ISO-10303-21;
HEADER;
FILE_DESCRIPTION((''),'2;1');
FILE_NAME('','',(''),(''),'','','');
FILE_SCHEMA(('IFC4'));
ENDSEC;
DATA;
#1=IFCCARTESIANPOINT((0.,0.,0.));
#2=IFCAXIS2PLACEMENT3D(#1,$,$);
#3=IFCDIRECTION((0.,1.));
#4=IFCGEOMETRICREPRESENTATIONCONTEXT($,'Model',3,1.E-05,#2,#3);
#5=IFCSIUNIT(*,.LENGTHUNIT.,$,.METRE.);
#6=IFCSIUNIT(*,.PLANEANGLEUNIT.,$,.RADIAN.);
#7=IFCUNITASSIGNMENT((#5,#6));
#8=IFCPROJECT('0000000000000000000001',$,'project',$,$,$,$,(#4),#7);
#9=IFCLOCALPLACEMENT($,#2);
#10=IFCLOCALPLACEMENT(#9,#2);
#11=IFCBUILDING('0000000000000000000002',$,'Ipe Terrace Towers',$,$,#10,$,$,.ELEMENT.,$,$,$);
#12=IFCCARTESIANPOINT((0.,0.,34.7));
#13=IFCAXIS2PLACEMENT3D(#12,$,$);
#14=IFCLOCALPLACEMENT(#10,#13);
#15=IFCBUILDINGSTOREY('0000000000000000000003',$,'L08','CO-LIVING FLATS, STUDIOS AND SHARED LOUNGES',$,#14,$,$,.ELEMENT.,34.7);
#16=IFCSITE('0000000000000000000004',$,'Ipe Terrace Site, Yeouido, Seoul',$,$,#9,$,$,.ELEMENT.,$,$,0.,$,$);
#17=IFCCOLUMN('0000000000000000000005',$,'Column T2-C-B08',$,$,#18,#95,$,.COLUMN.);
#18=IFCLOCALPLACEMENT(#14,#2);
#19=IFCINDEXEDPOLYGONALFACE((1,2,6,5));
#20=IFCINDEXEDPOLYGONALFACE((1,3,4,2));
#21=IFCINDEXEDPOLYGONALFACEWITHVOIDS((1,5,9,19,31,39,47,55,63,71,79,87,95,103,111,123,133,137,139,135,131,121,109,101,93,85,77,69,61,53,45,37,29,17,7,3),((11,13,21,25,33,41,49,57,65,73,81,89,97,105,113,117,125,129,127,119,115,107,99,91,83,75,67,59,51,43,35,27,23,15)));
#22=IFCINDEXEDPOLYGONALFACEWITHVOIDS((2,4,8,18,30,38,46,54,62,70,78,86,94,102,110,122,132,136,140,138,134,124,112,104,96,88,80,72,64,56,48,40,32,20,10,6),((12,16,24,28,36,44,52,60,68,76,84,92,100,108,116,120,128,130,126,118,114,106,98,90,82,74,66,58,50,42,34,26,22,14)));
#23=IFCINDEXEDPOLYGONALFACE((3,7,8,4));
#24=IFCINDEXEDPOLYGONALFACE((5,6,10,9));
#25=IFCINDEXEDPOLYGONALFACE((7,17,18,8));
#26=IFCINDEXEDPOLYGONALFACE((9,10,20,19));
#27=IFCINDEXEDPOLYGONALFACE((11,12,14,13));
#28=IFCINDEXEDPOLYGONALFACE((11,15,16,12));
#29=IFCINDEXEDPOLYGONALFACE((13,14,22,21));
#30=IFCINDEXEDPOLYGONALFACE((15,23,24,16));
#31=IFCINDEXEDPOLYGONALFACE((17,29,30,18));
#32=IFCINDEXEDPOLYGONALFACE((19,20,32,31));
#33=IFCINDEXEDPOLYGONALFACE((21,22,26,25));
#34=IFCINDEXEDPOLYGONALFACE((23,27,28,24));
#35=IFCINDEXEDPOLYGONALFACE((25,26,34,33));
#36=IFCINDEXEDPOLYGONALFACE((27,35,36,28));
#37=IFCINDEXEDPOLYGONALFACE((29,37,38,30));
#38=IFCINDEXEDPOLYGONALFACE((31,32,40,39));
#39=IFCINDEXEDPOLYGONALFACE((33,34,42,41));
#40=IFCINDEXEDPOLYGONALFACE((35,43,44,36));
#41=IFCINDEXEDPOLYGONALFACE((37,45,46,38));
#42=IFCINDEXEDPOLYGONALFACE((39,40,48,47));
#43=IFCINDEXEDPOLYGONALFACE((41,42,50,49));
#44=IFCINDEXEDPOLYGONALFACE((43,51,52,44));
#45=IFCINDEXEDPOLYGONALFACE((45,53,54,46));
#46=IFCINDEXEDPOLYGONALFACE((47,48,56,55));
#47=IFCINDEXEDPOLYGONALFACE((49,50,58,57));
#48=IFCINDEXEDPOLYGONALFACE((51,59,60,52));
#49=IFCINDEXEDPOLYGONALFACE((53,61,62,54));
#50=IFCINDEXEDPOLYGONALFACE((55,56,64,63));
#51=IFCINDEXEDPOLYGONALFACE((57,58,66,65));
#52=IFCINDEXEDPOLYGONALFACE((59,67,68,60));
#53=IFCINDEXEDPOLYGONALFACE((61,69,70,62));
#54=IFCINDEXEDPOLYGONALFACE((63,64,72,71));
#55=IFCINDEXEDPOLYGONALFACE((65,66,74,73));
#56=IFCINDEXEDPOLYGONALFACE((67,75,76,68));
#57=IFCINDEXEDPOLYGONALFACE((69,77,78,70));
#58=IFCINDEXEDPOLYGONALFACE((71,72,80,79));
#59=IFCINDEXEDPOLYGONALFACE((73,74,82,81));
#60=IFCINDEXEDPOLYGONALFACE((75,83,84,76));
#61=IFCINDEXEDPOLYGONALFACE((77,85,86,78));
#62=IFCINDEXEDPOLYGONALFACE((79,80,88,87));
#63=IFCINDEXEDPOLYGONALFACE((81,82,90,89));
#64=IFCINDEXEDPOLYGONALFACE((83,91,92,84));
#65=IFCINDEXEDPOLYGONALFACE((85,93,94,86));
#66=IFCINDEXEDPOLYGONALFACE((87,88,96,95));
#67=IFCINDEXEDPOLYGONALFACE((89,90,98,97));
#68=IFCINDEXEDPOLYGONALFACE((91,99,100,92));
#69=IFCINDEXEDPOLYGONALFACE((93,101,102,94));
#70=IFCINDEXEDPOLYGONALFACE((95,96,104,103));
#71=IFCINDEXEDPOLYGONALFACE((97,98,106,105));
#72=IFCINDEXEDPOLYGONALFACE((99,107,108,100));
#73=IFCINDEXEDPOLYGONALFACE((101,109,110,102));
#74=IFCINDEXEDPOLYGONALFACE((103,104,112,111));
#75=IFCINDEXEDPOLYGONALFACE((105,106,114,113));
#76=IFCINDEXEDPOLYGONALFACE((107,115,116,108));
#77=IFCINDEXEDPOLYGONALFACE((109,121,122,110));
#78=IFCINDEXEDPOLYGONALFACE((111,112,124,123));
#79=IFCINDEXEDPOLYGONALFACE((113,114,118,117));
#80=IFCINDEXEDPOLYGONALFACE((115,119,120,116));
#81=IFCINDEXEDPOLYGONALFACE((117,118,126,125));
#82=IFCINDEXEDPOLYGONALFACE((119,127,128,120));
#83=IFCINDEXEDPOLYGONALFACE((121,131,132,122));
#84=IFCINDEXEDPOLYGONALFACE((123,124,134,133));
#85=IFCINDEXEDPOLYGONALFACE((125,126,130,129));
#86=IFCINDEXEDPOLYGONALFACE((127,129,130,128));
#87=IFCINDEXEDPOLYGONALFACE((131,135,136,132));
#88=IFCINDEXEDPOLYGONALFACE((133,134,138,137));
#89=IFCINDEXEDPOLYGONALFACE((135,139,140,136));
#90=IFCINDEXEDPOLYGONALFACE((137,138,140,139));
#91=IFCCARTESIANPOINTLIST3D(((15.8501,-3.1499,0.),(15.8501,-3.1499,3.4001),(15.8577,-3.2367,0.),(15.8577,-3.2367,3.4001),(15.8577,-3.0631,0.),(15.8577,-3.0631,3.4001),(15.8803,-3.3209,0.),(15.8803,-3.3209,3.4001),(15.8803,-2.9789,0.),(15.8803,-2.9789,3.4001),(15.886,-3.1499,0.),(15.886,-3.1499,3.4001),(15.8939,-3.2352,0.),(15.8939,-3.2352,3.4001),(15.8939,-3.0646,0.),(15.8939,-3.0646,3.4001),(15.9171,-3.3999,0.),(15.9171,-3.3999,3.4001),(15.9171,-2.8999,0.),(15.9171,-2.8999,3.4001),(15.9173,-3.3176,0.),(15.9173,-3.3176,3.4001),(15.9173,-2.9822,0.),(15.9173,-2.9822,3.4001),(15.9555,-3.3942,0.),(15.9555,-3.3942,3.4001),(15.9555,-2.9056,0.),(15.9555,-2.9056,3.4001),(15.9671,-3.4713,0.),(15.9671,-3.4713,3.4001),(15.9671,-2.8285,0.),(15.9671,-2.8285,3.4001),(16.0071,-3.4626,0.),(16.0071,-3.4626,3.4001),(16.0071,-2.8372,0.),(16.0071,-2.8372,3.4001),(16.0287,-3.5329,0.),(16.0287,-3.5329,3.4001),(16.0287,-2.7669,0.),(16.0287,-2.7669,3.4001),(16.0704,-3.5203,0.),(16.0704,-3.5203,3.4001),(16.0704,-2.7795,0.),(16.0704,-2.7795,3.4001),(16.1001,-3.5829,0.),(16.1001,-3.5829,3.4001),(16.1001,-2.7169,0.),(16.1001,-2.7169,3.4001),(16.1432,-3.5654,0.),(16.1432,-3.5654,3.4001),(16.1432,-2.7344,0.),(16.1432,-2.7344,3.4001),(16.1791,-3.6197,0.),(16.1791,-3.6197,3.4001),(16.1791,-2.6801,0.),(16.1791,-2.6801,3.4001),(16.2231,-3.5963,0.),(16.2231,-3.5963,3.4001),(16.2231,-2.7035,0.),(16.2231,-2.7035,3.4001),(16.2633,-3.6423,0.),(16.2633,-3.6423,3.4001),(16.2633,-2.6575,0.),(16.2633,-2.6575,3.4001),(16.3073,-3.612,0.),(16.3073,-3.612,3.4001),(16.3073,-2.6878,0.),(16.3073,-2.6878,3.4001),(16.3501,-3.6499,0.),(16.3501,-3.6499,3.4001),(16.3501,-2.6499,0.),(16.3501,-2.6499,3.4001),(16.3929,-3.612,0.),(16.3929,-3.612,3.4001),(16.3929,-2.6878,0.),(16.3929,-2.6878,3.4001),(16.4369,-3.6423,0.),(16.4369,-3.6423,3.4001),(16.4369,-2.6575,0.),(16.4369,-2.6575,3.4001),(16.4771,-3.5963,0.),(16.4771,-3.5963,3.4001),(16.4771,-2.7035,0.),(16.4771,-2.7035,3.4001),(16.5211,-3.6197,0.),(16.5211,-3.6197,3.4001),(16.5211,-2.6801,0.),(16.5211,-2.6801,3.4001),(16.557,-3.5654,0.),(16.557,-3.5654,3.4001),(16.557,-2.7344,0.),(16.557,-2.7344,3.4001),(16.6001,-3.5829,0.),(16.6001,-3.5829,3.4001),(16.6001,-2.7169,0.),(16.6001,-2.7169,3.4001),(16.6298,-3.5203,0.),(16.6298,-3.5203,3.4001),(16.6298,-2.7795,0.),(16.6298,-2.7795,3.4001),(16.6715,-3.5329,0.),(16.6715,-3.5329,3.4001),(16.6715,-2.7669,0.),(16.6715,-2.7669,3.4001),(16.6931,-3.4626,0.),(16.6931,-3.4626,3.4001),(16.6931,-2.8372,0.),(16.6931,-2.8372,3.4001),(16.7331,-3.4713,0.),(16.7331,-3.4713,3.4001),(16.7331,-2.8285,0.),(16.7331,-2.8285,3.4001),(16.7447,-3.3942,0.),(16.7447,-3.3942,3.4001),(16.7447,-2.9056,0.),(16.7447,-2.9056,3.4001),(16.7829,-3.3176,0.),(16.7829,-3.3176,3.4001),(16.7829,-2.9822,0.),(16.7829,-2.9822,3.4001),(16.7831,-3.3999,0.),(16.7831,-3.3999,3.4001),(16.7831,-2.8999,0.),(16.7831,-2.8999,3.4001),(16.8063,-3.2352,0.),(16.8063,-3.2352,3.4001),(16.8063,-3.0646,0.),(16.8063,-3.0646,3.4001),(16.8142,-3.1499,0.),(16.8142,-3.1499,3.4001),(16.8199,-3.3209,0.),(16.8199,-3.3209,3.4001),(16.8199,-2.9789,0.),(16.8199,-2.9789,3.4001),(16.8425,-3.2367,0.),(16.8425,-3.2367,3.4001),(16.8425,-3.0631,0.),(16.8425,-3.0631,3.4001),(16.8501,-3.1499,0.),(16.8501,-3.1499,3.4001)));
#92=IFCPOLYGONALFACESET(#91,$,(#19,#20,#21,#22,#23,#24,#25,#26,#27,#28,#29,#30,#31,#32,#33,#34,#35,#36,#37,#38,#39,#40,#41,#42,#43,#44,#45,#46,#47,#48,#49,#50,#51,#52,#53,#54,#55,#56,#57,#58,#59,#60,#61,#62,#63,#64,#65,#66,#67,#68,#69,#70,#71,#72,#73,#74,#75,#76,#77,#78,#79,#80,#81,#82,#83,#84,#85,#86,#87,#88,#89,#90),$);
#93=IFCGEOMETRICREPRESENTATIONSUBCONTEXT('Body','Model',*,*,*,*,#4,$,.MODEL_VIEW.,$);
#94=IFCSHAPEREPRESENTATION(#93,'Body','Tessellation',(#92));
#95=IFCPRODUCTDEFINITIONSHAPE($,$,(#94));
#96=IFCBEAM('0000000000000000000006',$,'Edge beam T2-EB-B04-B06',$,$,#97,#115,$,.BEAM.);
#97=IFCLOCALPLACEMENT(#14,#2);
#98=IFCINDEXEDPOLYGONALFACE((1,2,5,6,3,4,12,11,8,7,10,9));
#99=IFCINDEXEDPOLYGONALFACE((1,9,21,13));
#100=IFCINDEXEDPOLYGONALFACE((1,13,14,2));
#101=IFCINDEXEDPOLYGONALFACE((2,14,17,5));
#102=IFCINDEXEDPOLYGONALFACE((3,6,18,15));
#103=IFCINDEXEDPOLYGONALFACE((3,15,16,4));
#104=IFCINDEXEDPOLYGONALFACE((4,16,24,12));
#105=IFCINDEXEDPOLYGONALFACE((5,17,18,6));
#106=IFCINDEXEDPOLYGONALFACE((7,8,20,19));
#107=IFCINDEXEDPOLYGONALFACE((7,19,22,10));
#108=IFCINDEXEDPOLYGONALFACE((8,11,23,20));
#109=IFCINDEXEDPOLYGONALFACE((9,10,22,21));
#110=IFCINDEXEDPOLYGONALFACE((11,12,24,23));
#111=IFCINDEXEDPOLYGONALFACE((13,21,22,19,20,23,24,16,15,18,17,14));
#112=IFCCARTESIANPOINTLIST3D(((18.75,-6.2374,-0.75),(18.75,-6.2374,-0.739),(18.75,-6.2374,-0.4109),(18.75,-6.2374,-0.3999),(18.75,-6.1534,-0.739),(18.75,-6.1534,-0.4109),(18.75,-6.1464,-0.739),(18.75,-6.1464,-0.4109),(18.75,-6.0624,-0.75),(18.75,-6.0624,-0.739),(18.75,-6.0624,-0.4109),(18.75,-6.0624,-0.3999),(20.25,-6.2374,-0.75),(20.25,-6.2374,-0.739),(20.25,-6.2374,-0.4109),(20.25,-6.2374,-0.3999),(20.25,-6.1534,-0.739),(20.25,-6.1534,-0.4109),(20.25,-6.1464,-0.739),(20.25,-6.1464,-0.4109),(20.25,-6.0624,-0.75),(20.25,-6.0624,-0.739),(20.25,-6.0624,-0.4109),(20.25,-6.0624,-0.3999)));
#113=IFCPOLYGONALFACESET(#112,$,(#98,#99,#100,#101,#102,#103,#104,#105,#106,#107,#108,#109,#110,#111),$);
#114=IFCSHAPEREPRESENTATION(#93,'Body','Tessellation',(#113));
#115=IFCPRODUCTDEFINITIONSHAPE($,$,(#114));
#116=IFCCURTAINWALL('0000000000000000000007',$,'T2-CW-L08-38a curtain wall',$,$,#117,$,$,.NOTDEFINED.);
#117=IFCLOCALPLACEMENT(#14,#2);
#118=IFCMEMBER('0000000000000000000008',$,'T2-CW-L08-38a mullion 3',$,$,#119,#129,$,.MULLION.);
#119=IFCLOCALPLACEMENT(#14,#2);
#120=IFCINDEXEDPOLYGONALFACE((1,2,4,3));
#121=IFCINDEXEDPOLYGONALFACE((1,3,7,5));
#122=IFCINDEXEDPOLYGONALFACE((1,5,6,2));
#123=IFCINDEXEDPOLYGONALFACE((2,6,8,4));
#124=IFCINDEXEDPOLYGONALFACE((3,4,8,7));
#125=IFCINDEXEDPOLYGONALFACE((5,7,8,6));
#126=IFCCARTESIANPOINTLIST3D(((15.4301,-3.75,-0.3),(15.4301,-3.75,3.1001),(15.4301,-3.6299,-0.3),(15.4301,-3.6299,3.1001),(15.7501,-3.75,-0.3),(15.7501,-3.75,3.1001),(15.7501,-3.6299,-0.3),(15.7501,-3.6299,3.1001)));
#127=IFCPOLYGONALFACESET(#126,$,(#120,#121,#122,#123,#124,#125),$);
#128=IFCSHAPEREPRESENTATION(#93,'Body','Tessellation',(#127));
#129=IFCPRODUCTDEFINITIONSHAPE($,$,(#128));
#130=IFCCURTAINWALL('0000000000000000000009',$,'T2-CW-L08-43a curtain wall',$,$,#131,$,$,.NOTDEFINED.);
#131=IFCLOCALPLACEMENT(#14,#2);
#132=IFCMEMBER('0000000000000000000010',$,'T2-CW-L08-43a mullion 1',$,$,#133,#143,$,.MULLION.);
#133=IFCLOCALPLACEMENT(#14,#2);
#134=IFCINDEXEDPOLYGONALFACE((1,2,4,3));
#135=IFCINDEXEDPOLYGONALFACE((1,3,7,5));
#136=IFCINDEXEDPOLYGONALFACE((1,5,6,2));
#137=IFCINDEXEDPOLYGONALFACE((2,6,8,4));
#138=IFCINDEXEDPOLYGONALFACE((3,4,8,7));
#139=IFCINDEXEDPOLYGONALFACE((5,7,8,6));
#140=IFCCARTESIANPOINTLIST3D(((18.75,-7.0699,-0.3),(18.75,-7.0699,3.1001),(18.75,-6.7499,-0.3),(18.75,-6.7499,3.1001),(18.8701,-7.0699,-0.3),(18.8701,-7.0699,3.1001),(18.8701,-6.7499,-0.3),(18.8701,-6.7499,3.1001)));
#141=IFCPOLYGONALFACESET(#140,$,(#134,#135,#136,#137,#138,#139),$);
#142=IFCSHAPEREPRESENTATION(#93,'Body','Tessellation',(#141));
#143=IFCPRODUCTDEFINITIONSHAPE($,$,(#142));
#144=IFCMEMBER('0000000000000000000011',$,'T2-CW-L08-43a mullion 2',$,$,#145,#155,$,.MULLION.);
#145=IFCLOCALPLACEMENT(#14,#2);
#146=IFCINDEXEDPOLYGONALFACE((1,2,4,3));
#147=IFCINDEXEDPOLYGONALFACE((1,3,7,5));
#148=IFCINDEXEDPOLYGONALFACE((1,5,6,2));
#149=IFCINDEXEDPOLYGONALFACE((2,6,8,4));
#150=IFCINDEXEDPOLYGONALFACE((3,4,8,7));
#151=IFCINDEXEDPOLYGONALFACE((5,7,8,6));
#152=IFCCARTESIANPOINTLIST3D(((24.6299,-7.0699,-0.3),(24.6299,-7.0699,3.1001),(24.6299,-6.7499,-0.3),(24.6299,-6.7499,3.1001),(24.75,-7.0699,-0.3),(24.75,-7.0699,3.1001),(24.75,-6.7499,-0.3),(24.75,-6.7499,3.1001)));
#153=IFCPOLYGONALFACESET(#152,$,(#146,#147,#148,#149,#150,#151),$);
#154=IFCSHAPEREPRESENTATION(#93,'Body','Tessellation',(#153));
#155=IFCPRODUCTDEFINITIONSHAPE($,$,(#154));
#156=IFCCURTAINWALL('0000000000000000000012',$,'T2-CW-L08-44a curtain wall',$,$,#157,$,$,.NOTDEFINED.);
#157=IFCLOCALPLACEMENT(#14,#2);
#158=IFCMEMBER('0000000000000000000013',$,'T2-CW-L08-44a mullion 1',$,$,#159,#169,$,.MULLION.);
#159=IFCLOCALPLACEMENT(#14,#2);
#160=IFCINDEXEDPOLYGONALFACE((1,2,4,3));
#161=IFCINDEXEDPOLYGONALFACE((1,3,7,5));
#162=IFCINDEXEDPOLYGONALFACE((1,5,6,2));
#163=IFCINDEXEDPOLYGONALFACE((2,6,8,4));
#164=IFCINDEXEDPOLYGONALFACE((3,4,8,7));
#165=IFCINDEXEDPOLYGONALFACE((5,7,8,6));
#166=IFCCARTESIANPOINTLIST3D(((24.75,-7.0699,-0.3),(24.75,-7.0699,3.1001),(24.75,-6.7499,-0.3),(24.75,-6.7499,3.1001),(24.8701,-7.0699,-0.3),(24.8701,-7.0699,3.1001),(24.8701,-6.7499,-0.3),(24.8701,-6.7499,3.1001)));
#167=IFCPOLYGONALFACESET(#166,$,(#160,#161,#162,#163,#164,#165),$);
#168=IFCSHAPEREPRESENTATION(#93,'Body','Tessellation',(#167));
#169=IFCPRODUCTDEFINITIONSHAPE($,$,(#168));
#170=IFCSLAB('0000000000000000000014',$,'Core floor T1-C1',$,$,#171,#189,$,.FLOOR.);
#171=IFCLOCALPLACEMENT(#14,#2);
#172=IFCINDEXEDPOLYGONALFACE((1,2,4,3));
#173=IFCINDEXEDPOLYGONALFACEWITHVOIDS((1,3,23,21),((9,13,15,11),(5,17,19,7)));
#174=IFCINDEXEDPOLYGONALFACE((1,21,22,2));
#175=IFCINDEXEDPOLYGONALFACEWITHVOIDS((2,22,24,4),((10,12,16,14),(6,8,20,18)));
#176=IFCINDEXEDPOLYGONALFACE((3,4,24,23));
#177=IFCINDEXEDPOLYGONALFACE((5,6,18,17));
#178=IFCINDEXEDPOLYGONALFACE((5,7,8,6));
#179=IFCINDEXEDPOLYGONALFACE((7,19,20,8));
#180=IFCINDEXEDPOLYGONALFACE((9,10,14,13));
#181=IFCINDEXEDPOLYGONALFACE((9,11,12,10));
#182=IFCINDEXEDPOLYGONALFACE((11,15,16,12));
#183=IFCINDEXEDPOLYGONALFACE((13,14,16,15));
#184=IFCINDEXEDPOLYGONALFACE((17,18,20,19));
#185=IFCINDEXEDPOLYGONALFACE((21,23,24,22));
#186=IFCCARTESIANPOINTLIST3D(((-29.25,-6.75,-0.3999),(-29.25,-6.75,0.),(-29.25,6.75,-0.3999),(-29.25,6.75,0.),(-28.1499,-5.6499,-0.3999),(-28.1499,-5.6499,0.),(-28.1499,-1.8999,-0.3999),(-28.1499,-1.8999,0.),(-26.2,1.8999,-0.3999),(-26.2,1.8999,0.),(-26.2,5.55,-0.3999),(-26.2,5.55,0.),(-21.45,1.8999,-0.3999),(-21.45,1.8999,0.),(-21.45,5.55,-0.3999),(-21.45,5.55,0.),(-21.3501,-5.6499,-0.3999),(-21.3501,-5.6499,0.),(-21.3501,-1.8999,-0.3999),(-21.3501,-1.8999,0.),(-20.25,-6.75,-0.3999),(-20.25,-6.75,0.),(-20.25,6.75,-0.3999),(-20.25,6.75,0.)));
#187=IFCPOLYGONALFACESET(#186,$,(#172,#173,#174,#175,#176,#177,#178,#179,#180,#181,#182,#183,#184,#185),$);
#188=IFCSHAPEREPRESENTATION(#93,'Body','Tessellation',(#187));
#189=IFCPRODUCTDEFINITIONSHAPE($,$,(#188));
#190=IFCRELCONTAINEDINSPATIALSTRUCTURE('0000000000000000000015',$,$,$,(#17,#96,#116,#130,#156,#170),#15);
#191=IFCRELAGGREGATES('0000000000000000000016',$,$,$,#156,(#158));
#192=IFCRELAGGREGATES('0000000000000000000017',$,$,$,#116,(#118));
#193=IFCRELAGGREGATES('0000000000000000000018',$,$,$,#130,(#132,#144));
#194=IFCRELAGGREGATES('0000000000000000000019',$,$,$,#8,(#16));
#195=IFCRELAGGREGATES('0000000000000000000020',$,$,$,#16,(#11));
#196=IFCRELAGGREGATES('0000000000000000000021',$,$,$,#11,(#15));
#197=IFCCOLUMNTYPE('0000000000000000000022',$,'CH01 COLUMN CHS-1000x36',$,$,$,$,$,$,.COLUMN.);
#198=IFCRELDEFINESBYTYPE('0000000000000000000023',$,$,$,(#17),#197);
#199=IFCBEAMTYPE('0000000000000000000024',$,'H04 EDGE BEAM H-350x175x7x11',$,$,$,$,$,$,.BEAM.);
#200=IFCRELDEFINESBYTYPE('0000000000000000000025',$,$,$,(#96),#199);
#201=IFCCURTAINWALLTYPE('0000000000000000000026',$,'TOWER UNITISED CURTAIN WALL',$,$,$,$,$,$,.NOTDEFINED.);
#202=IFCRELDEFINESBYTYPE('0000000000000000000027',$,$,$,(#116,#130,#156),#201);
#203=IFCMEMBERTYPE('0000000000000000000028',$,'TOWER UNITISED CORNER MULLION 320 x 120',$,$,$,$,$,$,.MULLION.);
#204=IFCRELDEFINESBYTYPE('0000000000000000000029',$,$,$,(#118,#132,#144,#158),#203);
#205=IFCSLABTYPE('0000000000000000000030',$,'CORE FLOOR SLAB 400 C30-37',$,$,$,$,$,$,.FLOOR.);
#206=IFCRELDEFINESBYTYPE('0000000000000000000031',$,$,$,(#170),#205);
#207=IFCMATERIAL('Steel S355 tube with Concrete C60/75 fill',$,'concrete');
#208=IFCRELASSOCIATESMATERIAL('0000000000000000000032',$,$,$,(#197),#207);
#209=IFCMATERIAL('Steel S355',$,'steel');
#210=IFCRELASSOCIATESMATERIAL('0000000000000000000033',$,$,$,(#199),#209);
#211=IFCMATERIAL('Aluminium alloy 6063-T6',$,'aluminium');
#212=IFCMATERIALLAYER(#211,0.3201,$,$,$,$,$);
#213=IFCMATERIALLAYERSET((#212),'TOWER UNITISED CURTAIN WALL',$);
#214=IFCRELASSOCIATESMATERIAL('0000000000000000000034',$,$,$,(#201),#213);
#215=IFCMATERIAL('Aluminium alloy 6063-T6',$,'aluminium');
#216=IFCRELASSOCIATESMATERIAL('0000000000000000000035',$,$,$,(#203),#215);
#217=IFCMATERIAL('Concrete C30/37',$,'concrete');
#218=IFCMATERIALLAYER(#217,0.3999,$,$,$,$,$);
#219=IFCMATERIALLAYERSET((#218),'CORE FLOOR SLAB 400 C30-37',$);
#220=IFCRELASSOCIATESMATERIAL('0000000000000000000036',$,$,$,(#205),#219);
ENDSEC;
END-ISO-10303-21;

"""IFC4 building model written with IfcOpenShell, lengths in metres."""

from ifc_helpers import new_model, si_unit, direction, frame, origin, origin_2d, place, context, subcontext, project, spatial, polyline, rectangle, hollow_circle, i_section, outline, extrude, material, layer, layer_set, material_profile, profile_set, type_object, element, aggregate, save


model = new_model("IFC4")

# Units and contexts
model_context = context("Model", 3, precision=1e-05, world=origin(), true_north=direction((0.0, 1.0)))
body_context = subcontext(model_context, "Body", "Model", "MODEL_VIEW")
ifc_project = project(units=[si_unit("LENGTHUNIT", "METRE"), si_unit("PLANEANGLEUNIT", "RADIAN")], contexts=[model_context])

# Site, building, storey
site_placement = place(None, origin())
site = spatial("IfcSite", under=ifc_project, at=site_placement, Name="Ipe Terrace Site, Yeouido, Seoul", CompositionType="ELEMENT", RefElevation=0.0)
building_placement = place(site_placement, origin())
building = spatial("IfcBuilding", under=site, at=building_placement, Name="Ipe Terrace Towers", CompositionType="ELEMENT")
storey_placement = place(building_placement, frame((0.0, 0.0, 34.7)))
storey = spatial("IfcBuildingStorey", under=building, at=storey_placement, Name="L08", Description="CO-LIVING FLATS, STUDIOS AND SHARED LOUNGES", CompositionType="ELEMENT", Elevation=34.7)

# Column
ifc_material_1 = material(Name="Steel S355 tube with Concrete C60/75 fill", Category="concrete")
ifc_material_profile_1 = material_profile(ifc_material_1, hollow_circle(Radius=0.5, WallThickness=0.0359, at=origin_2d()), Name="CHS-1000x36")
ifc_profile_set_1 = profile_set([ifc_material_profile_1], Name="Steel S355 tube with Concrete C60/75 fill")
column_type = type_object("IfcColumnType", Name="CH01 COLUMN CHS-1000x36", PredefinedType="COLUMN", material=ifc_profile_set_1)
for number, where, z_axis, x_axis, name in (
    (1, (16.3501, -3.1499, 0.0), (0.0, 0.0, 1.0), (1.0, 0.0, 0.0), "Column T2-C-B08"),
):
    element("IfcColumn", number, at=place(storey_placement, frame(where, z_axis=z_axis, x_axis=x_axis)), inside=storey, type_object=column_type, Name=name, PredefinedType="COLUMN", context=body_context, shape_type="SweptSolid", body=[
        extrude(hollow_circle(Radius=0.5, WallThickness=0.0359, at=origin_2d()), origin(), (0.0, 0.0, 1.0), 3.4001),
    ])

# Beam
ifc_material_2 = material(Name="Steel S355", Category="steel")
ifc_material_profile_2 = material_profile(ifc_material_2, i_section(OverallWidth=0.175, OverallDepth=0.3501, WebThickness=0.0071, FlangeThickness=0.011, at=origin_2d()), Name="H-350x175x7x11")
ifc_profile_set_2 = profile_set([ifc_material_profile_2], Name="Steel S355")
beam_type = type_object("IfcBeamType", Name="H04 EDGE BEAM H-350x175x7x11", PredefinedType="BEAM", material=ifc_profile_set_2)
beam_placement = place(storey_placement, frame((20.25, -6.1499, -0.575), z_axis=(-1.0, 0.0, 0.0), x_axis=(0.0, -1.0, 0.0)))
element("IfcBeam", 2, at=beam_placement, inside=storey, type_object=beam_type, Name="Edge beam T2-EB-B04-B06", PredefinedType="BEAM", context=body_context, shape_type="SweptSolid", body=[
    extrude(i_section(OverallWidth=0.175, OverallDepth=0.3501, WebThickness=0.0071, FlangeThickness=0.011, at=origin_2d()), origin(), (0.0, 0.0, 1.0), 1.5),
])

# Curtain wall, member
ifc_material_3 = material(Name="Aluminium alloy 6063-T6", Category="aluminium")
ifc_layer_1 = layer(ifc_material_3, 0.3201)
ifc_layer_set_1 = layer_set([ifc_layer_1], Name="TOWER UNITISED CURTAIN WALL")
curtain_wall_type = type_object("IfcCurtainWallType", Name="TOWER UNITISED CURTAIN WALL", PredefinedType="NOTDEFINED", material=ifc_layer_set_1)
curtain_wall_1_placement = place(storey_placement, origin())
curtain_wall_1 = element("IfcCurtainWall", 3, at=curtain_wall_1_placement, inside=storey, type_object=curtain_wall_type, Name="T2-CW-L08-38a curtain wall", PredefinedType="NOTDEFINED")
ifc_material_4 = material(Name="Aluminium alloy 6063-T6", Category="aluminium")
ifc_material_profile_3 = material_profile(ifc_material_4, rectangle(XDim=0.3201, YDim=0.1201, at=origin_2d()), Name="TOWER UNITISED CORNER MULLION 320 x 120")
ifc_profile_set_3 = profile_set([ifc_material_profile_3], Name="Aluminium alloy 6063-T6")
member_type = type_object("IfcMemberType", Name="TOWER UNITISED CORNER MULLION 320 x 120", PredefinedType="MULLION", material=ifc_profile_set_3)
member_1_placement = place(storey_placement, frame((15.5901, -3.6899, -0.3), z_axis=(0.0, 0.0, 1.0), x_axis=(-1.0, 0.0, 0.0)))
member_1 = element("IfcMember", 4, at=member_1_placement, type_object=member_type, Name="T2-CW-L08-38a mullion 3", PredefinedType="MULLION", context=body_context, shape_type="SweptSolid", body=[
    extrude(rectangle(XDim=0.3201, YDim=0.1201, at=origin_2d()), origin(), (0.0, 0.0, 1.0), 3.4001),
])

# Curtain wall, members
curtain_wall_2_placement = place(storey_placement, origin())
curtain_wall_2 = element("IfcCurtainWall", 5, at=curtain_wall_2_placement, inside=storey, type_object=curtain_wall_type, Name="T2-CW-L08-43a curtain wall", PredefinedType="NOTDEFINED")
member_2_placement = place(storey_placement, frame((18.8101, -6.9099, -0.3), z_axis=(0.0, 0.0, 1.0), x_axis=(0.0, -1.0, 0.0)))
member_2 = element("IfcMember", 6, at=member_2_placement, type_object=member_type, Name="T2-CW-L08-43a mullion 1", PredefinedType="MULLION", context=body_context, shape_type="SweptSolid", body=[
    extrude(rectangle(XDim=0.3201, YDim=0.1201, at=origin_2d()), origin(), (0.0, 0.0, 1.0), 3.4001),
])
member_3_placement = place(storey_placement, frame((24.6899, -6.9099, -0.3), z_axis=(0.0, 0.0, 1.0), x_axis=(0.0, -1.0, 0.0)))
member_3 = element("IfcMember", 7, at=member_3_placement, type_object=member_type, Name="T2-CW-L08-43a mullion 2", PredefinedType="MULLION", context=body_context, shape_type="SweptSolid", body=[
    extrude(rectangle(XDim=0.3201, YDim=0.1201, at=origin_2d()), origin(), (0.0, 0.0, 1.0), 3.4001),
])

# Curtain wall, member
curtain_wall_3_placement = place(storey_placement, origin())
curtain_wall_3 = element("IfcCurtainWall", 8, at=curtain_wall_3_placement, inside=storey, type_object=curtain_wall_type, Name="T2-CW-L08-44a curtain wall", PredefinedType="NOTDEFINED")
member_4_placement = place(storey_placement, frame((24.8101, -6.9099, -0.3), z_axis=(0.0, 0.0, 1.0), x_axis=(0.0, -1.0, 0.0)))
member_4 = element("IfcMember", 9, at=member_4_placement, type_object=member_type, Name="T2-CW-L08-44a mullion 1", PredefinedType="MULLION", context=body_context, shape_type="SweptSolid", body=[
    extrude(rectangle(XDim=0.3201, YDim=0.1201, at=origin_2d()), origin(), (0.0, 0.0, 1.0), 3.4001),
])
aggregate(curtain_wall_3, [member_4])

# Slab
ifc_material_5 = material(Name="Concrete C30/37", Category="concrete")
ifc_layer_2 = layer(ifc_material_5, 0.3999)
ifc_layer_set_2 = layer_set([ifc_layer_2], Name="CORE FLOOR SLAB 400 C30-37")
slab_type_1 = type_object("IfcSlabType", Name="CORE FLOOR SLAB 400 C30-37", PredefinedType="FLOOR", material=ifc_layer_set_2)
slab_1_placement = place(storey_placement, frame((0.0, 0.0, -0.3999)))
element("IfcSlab", 10, at=slab_1_placement, inside=storey, type_object=slab_type_1, Name="Core floor T1-C1", PredefinedType="FLOOR", context=body_context, shape_type="SweptSolid", body=[
    extrude(outline(polyline([(-29.25, -6.75), (-29.25, 6.75), (-20.25, 6.75), (-20.25, -6.75), (-29.25, -6.75)]), holes=[polyline([(-28.1499, -5.6499), (-21.3501, -5.6499), (-21.3501, -1.8999), (-28.1499, -1.8999), (-28.1499, -5.6499)]), polyline([(-26.2, 5.55), (-26.2, 1.8999), (-21.45, 1.8999), (-21.45, 5.55), (-26.2, 5.55)])]), origin(), (0.0, 0.0, 1.0), 0.3999),
])

aggregate(curtain_wall_1, [member_1])
aggregate(curtain_wall_2, [member_2, member_3])

save(model, "model.ifc")
